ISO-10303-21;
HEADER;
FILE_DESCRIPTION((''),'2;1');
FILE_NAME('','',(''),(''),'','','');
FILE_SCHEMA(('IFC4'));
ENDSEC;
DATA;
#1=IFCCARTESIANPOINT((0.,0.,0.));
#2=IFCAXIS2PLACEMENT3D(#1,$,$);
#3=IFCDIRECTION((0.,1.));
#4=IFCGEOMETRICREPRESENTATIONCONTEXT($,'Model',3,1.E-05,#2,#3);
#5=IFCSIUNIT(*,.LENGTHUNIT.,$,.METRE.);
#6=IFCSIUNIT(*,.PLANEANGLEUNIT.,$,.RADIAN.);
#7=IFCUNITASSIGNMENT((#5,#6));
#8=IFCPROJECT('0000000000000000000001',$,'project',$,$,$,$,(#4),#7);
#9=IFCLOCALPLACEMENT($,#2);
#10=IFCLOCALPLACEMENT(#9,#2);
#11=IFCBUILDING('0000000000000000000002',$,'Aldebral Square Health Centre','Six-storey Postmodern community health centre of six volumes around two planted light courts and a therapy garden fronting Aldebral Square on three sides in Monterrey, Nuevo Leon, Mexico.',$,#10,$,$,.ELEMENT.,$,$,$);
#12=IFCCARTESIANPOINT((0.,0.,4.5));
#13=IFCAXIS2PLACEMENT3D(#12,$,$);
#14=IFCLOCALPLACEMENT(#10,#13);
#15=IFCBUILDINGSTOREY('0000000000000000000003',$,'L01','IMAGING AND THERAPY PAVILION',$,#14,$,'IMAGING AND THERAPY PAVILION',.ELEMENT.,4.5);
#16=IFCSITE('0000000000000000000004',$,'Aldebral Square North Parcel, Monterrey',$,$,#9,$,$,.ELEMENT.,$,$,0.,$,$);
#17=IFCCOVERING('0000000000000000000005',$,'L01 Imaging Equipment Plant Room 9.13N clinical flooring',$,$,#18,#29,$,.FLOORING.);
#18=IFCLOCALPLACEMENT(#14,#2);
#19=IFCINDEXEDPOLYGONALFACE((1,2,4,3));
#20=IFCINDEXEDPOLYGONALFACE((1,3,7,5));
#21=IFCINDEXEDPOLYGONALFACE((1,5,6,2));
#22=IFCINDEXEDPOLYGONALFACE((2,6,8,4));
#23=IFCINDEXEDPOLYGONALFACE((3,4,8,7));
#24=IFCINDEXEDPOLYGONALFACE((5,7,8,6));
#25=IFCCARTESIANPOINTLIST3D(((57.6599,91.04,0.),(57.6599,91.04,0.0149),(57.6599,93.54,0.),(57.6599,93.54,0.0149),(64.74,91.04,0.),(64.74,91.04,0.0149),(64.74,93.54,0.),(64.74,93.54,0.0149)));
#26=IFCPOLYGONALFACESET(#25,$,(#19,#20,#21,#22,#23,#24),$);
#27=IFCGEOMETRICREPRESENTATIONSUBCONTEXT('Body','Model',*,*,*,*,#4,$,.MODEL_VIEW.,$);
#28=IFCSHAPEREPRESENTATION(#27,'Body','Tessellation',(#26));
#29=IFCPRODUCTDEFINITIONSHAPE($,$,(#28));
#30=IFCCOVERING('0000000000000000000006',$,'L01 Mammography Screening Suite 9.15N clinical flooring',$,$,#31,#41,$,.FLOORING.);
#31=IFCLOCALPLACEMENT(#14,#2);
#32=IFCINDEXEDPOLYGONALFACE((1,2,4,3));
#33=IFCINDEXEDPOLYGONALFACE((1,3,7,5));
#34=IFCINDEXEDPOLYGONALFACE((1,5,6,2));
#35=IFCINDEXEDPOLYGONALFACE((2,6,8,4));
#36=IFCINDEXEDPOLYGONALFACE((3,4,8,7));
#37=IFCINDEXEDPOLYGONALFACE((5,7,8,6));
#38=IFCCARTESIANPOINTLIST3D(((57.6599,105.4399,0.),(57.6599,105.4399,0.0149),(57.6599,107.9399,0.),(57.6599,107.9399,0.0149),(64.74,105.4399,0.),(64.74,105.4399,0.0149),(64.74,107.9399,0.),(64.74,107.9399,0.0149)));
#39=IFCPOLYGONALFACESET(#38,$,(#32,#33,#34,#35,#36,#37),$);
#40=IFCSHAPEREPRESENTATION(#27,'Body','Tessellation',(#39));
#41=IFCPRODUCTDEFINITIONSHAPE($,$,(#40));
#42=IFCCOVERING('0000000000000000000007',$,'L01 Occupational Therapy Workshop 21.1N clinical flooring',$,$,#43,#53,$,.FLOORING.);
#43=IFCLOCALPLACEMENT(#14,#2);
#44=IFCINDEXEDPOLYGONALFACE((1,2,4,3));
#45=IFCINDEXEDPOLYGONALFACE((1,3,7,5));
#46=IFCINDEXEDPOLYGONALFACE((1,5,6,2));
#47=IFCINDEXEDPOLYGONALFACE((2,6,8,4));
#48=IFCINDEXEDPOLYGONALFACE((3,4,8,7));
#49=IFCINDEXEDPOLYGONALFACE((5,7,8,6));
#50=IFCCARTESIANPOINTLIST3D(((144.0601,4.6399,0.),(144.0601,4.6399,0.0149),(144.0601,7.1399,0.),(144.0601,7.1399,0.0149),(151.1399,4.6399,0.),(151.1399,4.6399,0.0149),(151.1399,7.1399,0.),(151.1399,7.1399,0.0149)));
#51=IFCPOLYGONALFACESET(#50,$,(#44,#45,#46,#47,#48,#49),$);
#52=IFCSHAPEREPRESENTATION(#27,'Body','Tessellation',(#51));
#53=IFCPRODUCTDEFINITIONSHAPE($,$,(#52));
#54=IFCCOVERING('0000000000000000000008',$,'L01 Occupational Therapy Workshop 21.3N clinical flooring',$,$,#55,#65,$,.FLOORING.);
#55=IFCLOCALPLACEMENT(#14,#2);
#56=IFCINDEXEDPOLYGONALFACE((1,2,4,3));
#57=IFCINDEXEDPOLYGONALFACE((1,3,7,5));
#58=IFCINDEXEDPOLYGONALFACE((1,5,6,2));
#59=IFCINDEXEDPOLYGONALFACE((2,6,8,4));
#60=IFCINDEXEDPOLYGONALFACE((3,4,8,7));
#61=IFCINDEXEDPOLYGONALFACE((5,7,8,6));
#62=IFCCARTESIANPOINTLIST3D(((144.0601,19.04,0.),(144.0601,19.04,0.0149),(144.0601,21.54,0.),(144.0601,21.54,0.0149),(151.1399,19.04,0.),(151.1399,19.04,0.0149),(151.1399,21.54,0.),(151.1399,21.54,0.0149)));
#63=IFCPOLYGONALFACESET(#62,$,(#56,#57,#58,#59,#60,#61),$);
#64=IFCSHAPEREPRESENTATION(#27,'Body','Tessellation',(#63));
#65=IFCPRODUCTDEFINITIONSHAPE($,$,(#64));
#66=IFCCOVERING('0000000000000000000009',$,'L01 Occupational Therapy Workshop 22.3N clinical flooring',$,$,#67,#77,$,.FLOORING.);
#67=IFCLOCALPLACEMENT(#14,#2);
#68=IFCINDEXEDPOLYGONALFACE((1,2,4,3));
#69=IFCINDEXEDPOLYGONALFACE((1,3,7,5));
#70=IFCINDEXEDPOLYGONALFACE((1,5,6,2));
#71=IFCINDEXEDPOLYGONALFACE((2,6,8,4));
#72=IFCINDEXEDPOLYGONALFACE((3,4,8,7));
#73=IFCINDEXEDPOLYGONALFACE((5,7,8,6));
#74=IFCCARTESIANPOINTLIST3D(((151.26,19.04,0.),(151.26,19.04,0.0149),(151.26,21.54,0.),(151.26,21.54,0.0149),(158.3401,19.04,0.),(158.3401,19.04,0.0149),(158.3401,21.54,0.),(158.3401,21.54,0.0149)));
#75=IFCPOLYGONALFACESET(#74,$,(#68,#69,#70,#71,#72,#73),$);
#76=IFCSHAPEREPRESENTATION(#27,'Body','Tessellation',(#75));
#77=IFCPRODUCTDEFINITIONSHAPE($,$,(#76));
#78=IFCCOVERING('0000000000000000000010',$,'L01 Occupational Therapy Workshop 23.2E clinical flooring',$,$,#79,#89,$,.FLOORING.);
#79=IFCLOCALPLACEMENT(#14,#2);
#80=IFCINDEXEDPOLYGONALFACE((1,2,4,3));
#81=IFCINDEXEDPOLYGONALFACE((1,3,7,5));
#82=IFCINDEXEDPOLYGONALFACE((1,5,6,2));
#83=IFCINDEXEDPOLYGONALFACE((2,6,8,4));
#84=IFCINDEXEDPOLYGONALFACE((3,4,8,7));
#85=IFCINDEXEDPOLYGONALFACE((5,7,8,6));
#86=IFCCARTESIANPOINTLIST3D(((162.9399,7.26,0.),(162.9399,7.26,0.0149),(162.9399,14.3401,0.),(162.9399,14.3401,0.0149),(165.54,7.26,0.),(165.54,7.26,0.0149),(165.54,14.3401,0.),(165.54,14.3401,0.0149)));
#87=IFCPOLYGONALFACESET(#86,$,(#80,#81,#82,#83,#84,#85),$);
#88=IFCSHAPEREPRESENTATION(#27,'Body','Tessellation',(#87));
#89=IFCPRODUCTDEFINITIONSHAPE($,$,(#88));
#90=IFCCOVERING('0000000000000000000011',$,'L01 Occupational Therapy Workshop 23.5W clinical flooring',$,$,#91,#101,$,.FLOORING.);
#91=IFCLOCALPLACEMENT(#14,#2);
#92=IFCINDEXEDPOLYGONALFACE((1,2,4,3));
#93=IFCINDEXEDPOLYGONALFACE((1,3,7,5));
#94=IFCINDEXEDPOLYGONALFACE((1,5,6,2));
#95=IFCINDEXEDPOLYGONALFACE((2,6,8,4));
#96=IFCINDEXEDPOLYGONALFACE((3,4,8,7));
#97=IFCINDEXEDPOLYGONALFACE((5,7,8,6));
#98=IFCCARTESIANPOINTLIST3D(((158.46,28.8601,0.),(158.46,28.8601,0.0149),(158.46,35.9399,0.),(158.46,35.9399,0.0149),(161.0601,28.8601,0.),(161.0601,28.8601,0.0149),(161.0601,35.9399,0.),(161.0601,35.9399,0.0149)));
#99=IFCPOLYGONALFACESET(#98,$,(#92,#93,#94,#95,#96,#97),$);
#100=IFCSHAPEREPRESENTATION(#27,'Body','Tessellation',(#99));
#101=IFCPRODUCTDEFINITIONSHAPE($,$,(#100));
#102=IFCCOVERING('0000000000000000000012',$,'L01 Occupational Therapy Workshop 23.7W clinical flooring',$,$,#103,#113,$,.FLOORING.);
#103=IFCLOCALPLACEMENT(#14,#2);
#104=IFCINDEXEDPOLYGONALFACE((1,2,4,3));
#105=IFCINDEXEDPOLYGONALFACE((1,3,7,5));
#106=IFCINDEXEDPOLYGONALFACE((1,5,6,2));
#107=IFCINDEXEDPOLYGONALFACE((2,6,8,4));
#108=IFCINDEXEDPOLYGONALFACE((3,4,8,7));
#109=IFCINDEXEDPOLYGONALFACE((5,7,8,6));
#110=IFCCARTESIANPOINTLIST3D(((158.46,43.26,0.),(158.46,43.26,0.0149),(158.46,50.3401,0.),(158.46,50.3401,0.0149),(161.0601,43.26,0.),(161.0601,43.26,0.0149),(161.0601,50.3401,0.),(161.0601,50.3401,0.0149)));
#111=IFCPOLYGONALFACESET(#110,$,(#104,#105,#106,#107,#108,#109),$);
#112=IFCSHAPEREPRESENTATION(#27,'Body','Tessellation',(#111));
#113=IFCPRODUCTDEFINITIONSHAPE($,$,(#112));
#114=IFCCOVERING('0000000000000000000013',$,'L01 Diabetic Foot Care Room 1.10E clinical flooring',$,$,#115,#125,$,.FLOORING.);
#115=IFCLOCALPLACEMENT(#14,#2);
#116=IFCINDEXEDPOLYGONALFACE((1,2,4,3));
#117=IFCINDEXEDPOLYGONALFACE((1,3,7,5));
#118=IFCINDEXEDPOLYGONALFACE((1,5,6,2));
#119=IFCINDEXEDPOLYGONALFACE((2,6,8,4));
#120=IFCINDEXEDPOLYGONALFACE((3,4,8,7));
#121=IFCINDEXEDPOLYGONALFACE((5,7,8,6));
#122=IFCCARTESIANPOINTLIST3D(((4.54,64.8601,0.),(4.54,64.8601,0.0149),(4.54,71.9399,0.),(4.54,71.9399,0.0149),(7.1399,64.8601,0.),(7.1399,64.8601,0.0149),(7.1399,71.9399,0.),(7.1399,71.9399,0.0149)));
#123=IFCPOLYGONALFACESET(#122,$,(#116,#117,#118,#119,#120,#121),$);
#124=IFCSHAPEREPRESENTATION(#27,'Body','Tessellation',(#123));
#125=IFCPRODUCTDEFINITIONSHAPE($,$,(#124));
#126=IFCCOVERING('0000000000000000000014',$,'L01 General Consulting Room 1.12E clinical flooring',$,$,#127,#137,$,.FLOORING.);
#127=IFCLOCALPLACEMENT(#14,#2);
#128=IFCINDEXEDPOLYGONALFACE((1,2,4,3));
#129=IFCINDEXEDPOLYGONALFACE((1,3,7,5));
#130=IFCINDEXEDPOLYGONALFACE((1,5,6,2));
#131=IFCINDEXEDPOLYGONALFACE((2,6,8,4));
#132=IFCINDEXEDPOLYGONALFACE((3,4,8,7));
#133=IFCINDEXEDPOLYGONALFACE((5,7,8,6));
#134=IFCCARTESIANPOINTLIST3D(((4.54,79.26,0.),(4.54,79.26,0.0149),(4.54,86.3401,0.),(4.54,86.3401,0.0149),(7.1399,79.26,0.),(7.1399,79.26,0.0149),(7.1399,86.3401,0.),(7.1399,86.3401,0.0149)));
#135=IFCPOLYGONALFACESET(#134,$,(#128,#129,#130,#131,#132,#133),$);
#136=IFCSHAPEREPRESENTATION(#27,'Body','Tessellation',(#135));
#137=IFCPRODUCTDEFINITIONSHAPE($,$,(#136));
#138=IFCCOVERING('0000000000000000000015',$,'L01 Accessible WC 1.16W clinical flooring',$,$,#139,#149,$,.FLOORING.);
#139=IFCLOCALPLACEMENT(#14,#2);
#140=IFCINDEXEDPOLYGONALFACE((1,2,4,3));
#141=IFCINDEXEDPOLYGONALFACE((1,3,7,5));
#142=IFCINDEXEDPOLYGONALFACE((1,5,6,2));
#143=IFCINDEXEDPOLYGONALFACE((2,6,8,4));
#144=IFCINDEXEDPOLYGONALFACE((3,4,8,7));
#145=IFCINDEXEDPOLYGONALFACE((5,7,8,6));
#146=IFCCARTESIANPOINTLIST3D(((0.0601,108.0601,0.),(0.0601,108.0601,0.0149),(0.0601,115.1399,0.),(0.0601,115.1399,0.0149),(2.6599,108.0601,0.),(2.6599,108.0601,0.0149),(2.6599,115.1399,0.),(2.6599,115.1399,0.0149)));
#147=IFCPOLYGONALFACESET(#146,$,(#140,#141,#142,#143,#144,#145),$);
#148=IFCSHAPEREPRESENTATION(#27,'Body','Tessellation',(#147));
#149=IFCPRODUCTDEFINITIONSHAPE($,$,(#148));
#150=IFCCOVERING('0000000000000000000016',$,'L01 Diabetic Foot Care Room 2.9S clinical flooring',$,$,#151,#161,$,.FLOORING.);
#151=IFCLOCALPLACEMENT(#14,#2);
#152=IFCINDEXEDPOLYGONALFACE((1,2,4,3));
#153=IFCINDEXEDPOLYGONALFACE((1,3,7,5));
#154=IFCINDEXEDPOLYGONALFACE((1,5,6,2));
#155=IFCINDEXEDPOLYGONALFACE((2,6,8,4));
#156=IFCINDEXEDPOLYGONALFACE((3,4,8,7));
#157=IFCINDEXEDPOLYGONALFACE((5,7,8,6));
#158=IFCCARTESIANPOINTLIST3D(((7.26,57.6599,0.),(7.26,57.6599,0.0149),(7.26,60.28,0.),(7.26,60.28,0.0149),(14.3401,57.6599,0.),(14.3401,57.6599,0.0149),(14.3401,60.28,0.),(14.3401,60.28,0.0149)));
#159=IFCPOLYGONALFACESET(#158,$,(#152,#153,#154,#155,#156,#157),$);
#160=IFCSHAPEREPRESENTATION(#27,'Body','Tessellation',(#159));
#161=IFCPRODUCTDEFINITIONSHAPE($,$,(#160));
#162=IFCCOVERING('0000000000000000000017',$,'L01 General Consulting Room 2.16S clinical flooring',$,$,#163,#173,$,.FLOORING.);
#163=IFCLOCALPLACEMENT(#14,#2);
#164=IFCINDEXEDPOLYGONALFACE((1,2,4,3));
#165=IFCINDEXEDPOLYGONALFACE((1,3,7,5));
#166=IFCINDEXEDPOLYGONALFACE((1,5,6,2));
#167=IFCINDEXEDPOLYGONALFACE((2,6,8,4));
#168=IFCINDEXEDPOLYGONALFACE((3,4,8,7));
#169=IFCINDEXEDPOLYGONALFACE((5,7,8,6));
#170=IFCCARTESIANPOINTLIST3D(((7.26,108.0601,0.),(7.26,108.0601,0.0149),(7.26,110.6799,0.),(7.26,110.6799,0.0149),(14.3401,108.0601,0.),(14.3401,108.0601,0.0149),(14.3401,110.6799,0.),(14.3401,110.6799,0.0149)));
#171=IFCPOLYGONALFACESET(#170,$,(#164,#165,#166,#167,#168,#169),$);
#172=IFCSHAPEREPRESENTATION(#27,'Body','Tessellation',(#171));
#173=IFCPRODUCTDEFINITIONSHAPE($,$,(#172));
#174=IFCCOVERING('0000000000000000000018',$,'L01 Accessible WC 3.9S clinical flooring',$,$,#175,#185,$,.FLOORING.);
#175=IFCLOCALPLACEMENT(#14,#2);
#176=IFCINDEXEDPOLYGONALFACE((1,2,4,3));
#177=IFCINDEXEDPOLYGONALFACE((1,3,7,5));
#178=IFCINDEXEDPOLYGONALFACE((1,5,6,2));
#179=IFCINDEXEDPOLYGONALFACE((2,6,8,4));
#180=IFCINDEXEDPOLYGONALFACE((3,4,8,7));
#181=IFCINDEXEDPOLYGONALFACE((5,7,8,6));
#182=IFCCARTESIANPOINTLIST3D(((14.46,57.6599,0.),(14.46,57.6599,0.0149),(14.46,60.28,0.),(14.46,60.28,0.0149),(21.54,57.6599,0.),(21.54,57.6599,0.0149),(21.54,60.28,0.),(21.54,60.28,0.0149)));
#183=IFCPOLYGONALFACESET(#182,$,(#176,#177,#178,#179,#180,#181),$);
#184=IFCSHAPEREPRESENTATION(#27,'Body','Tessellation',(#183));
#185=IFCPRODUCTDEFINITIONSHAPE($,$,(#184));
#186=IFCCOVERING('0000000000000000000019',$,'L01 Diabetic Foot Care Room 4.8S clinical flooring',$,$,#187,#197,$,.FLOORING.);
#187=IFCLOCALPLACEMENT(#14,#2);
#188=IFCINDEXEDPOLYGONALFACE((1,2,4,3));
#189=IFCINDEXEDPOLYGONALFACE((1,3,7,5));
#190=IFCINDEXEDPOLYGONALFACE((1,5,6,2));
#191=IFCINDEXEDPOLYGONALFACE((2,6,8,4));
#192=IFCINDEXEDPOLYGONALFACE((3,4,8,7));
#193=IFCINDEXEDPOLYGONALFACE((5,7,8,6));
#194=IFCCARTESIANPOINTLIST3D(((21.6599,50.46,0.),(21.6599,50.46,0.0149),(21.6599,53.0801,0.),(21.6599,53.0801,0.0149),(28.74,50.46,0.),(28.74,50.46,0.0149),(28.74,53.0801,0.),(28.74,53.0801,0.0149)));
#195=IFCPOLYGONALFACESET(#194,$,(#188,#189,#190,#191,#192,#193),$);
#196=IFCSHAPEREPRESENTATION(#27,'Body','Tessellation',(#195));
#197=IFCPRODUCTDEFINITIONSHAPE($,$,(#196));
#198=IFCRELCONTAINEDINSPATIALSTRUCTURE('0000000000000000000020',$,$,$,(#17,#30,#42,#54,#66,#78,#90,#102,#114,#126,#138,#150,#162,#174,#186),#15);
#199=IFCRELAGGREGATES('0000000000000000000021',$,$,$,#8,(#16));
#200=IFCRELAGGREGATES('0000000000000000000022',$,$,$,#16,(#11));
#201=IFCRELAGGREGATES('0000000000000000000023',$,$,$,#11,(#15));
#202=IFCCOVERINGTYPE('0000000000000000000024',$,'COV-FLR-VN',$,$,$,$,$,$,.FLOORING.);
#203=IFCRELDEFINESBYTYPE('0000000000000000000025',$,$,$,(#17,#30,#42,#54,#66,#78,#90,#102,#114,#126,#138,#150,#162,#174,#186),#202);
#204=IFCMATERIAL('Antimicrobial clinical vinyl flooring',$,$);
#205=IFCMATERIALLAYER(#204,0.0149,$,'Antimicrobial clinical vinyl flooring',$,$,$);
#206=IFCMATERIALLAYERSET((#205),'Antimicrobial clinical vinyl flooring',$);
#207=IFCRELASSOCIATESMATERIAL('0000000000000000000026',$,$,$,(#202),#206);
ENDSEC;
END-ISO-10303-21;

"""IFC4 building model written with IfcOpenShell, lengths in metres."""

from ifc_helpers import new_model, si_unit, direction, frame, origin, place, context, subcontext, project, spatial, polyline, outline, extrude, material, layer, layer_set, type_object, element, save


model = new_model("IFC4")

# Units and contexts
model_context = context("Model", 3, precision=1e-05, world=origin(), true_north=direction((0.0, 1.0)))
body_context = subcontext(model_context, "Body", "Model", "MODEL_VIEW")
ifc_project = project(units=[si_unit("LENGTHUNIT", "METRE"), si_unit("PLANEANGLEUNIT", "RADIAN")], contexts=[model_context])

# Site, building, storey
site_placement = place(None, origin())
site = spatial("IfcSite", under=ifc_project, at=site_placement, Name="Aldebral Square North Parcel, Monterrey", CompositionType="ELEMENT", RefElevation=0.0)
building_placement = place(site_placement, origin())
building = spatial("IfcBuilding", under=site, at=building_placement, Name="Aldebral Square Health Centre", Description="Six-storey Postmodern community health centre of six volumes around two planted light courts and a therapy garden fronting Aldebral Square on three sides in Monterrey, Nuevo Leon, Mexico.", CompositionType="ELEMENT")
storey_placement = place(building_placement, frame((0.0, 0.0, 4.5)))
storey = spatial("IfcBuildingStorey", under=building, at=storey_placement, Name="L01", Description="IMAGING AND THERAPY PAVILION", LongName="IMAGING AND THERAPY PAVILION", CompositionType="ELEMENT", Elevation=4.5)

# Coverings
ifc_material = material(Name="Antimicrobial clinical vinyl flooring")
ifc_layer = layer(ifc_material, 0.0149, Name="Antimicrobial clinical vinyl flooring")
ifc_layer_set = layer_set([ifc_layer], Name="Antimicrobial clinical vinyl flooring")
covering_type = type_object("IfcCoveringType", Name="COV-FLR-VN", PredefinedType="FLOORING", material=ifc_layer_set)
covering_1_placement = place(storey_placement, origin())
element("IfcCovering", 1, at=covering_1_placement, inside=storey, type_object=covering_type, Name="L01 Imaging Equipment Plant Room 9.13N clinical flooring", PredefinedType="FLOORING", context=body_context, shape_type="SweptSolid", body=[
    extrude(outline(polyline([(57.6599, 91.04), (64.74, 91.04), (64.74, 93.54), (57.6599, 93.54), (57.6599, 91.04)])), origin(), (0.0, 0.0, 1.0), 0.0149),
])
covering_2_placement = place(storey_placement, origin())
element("IfcCovering", 2, at=covering_2_placement, inside=storey, type_object=covering_type, Name="L01 Mammography Screening Suite 9.15N clinical flooring", PredefinedType="FLOORING", context=body_context, shape_type="SweptSolid", body=[
    extrude(outline(polyline([(57.6599, 105.4399), (64.74, 105.4399), (64.74, 107.9399), (57.6599, 107.9399), (57.6599, 105.4399)])), origin(), (0.0, 0.0, 1.0), 0.0149),
])
covering_3_placement = place(storey_placement, origin())
element("IfcCovering", 3, at=covering_3_placement, inside=storey, type_object=covering_type, Name="L01 Occupational Therapy Workshop 21.1N clinical flooring", PredefinedType="FLOORING", context=body_context, shape_type="SweptSolid", body=[
    extrude(outline(polyline([(144.0601, 4.6399), (151.1399, 4.6399), (151.1399, 7.1399), (144.0601, 7.1399), (144.0601, 4.6399)])), origin(), (0.0, 0.0, 1.0), 0.0149),
])
covering_4_placement = place(storey_placement, origin())
element("IfcCovering", 4, at=covering_4_placement, inside=storey, type_object=covering_type, Name="L01 Occupational Therapy Workshop 21.3N clinical flooring", PredefinedType="FLOORING", context=body_context, shape_type="SweptSolid", body=[
    extrude(outline(polyline([(144.0601, 19.04), (151.1399, 19.04), (151.1399, 21.54), (144.0601, 21.54), (144.0601, 19.04)])), origin(), (0.0, 0.0, 1.0), 0.0149),
])
covering_5_placement = place(storey_placement, origin())
element("IfcCovering", 5, at=covering_5_placement, inside=storey, type_object=covering_type, Name="L01 Occupational Therapy Workshop 22.3N clinical flooring", PredefinedType="FLOORING", context=body_context, shape_type="SweptSolid", body=[
    extrude(outline(polyline([(151.26, 19.04), (158.3401, 19.04), (158.3401, 21.54), (151.26, 21.54), (151.26, 19.04)])), origin(), (0.0, 0.0, 1.0), 0.0149),
])
covering_6_placement = place(storey_placement, origin())
element("IfcCovering", 6, at=covering_6_placement, inside=storey, type_object=covering_type, Name="L01 Occupational Therapy Workshop 23.2E clinical flooring", PredefinedType="FLOORING", context=body_context, shape_type="SweptSolid", body=[
    extrude(outline(polyline([(162.9399, 7.26), (165.54, 7.26), (165.54, 14.3401), (162.9399, 14.3401), (162.9399, 7.26)])), origin(), (0.0, 0.0, 1.0), 0.0149),
])
covering_7_placement = place(storey_placement, origin())
element("IfcCovering", 7, at=covering_7_placement, inside=storey, type_object=covering_type, Name="L01 Occupational Therapy Workshop 23.5W clinical flooring", PredefinedType="FLOORING", context=body_context, shape_type="SweptSolid", body=[
    extrude(outline(polyline([(158.46, 28.8601), (161.0601, 28.8601), (161.0601, 35.9399), (158.46, 35.9399), (158.46, 28.8601)])), origin(), (0.0, 0.0, 1.0), 0.0149),
])
covering_8_placement = place(storey_placement, origin())
element("IfcCovering", 8, at=covering_8_placement, inside=storey, type_object=covering_type, Name="L01 Occupational Therapy Workshop 23.7W clinical flooring", PredefinedType="FLOORING", context=body_context, shape_type="SweptSolid", body=[
    extrude(outline(polyline([(158.46, 43.26), (161.0601, 43.26), (161.0601, 50.3401), (158.46, 50.3401), (158.46, 43.26)])), origin(), (0.0, 0.0, 1.0), 0.0149),
])
covering_9_placement = place(storey_placement, origin())
element("IfcCovering", 9, at=covering_9_placement, inside=storey, type_object=covering_type, Name="L01 Diabetic Foot Care Room 1.10E clinical flooring", PredefinedType="FLOORING", context=body_context, shape_type="SweptSolid", body=[
    extrude(outline(polyline([(4.54, 64.8601), (7.1399, 64.8601), (7.1399, 71.9399), (4.54, 71.9399), (4.54, 64.8601)])), origin(), (0.0, 0.0, 1.0), 0.0149),
])
covering_10_placement = place(storey_placement, origin())
element("IfcCovering", 10, at=covering_10_placement, inside=storey, type_object=covering_type, Name="L01 General Consulting Room 1.12E clinical flooring", PredefinedType="FLOORING", context=body_context, shape_type="SweptSolid", body=[
    extrude(outline(polyline([(4.54, 79.26), (7.1399, 79.26), (7.1399, 86.3401), (4.54, 86.3401), (4.54, 79.26)])), origin(), (0.0, 0.0, 1.0), 0.0149),
])
covering_11_placement = place(storey_placement, origin())
element("IfcCovering", 11, at=covering_11_placement, inside=storey, type_object=covering_type, Name="L01 Accessible WC 1.16W clinical flooring", PredefinedType="FLOORING", context=body_context, shape_type="SweptSolid", body=[
    extrude(outline(polyline([(0.0601, 108.0601), (2.6599, 108.0601), (2.6599, 115.1399), (0.0601, 115.1399), (0.0601, 108.0601)])), origin(), (0.0, 0.0, 1.0), 0.0149),
])
covering_12_placement = place(storey_placement, origin())
element("IfcCovering", 12, at=covering_12_placement, inside=storey, type_object=covering_type, Name="L01 Diabetic Foot Care Room 2.9S clinical flooring", PredefinedType="FLOORING", context=body_context, shape_type="SweptSolid", body=[
    extrude(outline(polyline([(7.26, 57.6599), (14.3401, 57.6599), (14.3401, 60.28), (7.26, 60.28), (7.26, 57.6599)])), origin(), (0.0, 0.0, 1.0), 0.0149),
])
covering_13_placement = place(storey_placement, origin())
element("IfcCovering", 13, at=covering_13_placement, inside=storey, type_object=covering_type, Name="L01 General Consulting Room 2.16S clinical flooring", PredefinedType="FLOORING", context=body_context, shape_type="SweptSolid", body=[
    extrude(outline(polyline([(7.26, 108.0601), (14.3401, 108.0601), (14.3401, 110.6799), (7.26, 110.6799), (7.26, 108.0601)])), origin(), (0.0, 0.0, 1.0), 0.0149),
])
covering_14_placement = place(storey_placement, origin())
element("IfcCovering", 14, at=covering_14_placement, inside=storey, type_object=covering_type, Name="L01 Accessible WC 3.9S clinical flooring", PredefinedType="FLOORING", context=body_context, shape_type="SweptSolid", body=[
    extrude(outline(polyline([(14.46, 57.6599), (21.54, 57.6599), (21.54, 60.28), (14.46, 60.28), (14.46, 57.6599)])), origin(), (0.0, 0.0, 1.0), 0.0149),
])
covering_15_placement = place(storey_placement, origin())
element("IfcCovering", 15, at=covering_15_placement, inside=storey, type_object=covering_type, Name="L01 Diabetic Foot Care Room 4.8S clinical flooring", PredefinedType="FLOORING", context=body_context, shape_type="SweptSolid", body=[
    extrude(outline(polyline([(21.6599, 50.46), (28.74, 50.46), (28.74, 53.0801), (21.6599, 53.0801), (21.6599, 50.46)])), origin(), (0.0, 0.0, 1.0), 0.0149),
])

save(model, "model.ifc")
